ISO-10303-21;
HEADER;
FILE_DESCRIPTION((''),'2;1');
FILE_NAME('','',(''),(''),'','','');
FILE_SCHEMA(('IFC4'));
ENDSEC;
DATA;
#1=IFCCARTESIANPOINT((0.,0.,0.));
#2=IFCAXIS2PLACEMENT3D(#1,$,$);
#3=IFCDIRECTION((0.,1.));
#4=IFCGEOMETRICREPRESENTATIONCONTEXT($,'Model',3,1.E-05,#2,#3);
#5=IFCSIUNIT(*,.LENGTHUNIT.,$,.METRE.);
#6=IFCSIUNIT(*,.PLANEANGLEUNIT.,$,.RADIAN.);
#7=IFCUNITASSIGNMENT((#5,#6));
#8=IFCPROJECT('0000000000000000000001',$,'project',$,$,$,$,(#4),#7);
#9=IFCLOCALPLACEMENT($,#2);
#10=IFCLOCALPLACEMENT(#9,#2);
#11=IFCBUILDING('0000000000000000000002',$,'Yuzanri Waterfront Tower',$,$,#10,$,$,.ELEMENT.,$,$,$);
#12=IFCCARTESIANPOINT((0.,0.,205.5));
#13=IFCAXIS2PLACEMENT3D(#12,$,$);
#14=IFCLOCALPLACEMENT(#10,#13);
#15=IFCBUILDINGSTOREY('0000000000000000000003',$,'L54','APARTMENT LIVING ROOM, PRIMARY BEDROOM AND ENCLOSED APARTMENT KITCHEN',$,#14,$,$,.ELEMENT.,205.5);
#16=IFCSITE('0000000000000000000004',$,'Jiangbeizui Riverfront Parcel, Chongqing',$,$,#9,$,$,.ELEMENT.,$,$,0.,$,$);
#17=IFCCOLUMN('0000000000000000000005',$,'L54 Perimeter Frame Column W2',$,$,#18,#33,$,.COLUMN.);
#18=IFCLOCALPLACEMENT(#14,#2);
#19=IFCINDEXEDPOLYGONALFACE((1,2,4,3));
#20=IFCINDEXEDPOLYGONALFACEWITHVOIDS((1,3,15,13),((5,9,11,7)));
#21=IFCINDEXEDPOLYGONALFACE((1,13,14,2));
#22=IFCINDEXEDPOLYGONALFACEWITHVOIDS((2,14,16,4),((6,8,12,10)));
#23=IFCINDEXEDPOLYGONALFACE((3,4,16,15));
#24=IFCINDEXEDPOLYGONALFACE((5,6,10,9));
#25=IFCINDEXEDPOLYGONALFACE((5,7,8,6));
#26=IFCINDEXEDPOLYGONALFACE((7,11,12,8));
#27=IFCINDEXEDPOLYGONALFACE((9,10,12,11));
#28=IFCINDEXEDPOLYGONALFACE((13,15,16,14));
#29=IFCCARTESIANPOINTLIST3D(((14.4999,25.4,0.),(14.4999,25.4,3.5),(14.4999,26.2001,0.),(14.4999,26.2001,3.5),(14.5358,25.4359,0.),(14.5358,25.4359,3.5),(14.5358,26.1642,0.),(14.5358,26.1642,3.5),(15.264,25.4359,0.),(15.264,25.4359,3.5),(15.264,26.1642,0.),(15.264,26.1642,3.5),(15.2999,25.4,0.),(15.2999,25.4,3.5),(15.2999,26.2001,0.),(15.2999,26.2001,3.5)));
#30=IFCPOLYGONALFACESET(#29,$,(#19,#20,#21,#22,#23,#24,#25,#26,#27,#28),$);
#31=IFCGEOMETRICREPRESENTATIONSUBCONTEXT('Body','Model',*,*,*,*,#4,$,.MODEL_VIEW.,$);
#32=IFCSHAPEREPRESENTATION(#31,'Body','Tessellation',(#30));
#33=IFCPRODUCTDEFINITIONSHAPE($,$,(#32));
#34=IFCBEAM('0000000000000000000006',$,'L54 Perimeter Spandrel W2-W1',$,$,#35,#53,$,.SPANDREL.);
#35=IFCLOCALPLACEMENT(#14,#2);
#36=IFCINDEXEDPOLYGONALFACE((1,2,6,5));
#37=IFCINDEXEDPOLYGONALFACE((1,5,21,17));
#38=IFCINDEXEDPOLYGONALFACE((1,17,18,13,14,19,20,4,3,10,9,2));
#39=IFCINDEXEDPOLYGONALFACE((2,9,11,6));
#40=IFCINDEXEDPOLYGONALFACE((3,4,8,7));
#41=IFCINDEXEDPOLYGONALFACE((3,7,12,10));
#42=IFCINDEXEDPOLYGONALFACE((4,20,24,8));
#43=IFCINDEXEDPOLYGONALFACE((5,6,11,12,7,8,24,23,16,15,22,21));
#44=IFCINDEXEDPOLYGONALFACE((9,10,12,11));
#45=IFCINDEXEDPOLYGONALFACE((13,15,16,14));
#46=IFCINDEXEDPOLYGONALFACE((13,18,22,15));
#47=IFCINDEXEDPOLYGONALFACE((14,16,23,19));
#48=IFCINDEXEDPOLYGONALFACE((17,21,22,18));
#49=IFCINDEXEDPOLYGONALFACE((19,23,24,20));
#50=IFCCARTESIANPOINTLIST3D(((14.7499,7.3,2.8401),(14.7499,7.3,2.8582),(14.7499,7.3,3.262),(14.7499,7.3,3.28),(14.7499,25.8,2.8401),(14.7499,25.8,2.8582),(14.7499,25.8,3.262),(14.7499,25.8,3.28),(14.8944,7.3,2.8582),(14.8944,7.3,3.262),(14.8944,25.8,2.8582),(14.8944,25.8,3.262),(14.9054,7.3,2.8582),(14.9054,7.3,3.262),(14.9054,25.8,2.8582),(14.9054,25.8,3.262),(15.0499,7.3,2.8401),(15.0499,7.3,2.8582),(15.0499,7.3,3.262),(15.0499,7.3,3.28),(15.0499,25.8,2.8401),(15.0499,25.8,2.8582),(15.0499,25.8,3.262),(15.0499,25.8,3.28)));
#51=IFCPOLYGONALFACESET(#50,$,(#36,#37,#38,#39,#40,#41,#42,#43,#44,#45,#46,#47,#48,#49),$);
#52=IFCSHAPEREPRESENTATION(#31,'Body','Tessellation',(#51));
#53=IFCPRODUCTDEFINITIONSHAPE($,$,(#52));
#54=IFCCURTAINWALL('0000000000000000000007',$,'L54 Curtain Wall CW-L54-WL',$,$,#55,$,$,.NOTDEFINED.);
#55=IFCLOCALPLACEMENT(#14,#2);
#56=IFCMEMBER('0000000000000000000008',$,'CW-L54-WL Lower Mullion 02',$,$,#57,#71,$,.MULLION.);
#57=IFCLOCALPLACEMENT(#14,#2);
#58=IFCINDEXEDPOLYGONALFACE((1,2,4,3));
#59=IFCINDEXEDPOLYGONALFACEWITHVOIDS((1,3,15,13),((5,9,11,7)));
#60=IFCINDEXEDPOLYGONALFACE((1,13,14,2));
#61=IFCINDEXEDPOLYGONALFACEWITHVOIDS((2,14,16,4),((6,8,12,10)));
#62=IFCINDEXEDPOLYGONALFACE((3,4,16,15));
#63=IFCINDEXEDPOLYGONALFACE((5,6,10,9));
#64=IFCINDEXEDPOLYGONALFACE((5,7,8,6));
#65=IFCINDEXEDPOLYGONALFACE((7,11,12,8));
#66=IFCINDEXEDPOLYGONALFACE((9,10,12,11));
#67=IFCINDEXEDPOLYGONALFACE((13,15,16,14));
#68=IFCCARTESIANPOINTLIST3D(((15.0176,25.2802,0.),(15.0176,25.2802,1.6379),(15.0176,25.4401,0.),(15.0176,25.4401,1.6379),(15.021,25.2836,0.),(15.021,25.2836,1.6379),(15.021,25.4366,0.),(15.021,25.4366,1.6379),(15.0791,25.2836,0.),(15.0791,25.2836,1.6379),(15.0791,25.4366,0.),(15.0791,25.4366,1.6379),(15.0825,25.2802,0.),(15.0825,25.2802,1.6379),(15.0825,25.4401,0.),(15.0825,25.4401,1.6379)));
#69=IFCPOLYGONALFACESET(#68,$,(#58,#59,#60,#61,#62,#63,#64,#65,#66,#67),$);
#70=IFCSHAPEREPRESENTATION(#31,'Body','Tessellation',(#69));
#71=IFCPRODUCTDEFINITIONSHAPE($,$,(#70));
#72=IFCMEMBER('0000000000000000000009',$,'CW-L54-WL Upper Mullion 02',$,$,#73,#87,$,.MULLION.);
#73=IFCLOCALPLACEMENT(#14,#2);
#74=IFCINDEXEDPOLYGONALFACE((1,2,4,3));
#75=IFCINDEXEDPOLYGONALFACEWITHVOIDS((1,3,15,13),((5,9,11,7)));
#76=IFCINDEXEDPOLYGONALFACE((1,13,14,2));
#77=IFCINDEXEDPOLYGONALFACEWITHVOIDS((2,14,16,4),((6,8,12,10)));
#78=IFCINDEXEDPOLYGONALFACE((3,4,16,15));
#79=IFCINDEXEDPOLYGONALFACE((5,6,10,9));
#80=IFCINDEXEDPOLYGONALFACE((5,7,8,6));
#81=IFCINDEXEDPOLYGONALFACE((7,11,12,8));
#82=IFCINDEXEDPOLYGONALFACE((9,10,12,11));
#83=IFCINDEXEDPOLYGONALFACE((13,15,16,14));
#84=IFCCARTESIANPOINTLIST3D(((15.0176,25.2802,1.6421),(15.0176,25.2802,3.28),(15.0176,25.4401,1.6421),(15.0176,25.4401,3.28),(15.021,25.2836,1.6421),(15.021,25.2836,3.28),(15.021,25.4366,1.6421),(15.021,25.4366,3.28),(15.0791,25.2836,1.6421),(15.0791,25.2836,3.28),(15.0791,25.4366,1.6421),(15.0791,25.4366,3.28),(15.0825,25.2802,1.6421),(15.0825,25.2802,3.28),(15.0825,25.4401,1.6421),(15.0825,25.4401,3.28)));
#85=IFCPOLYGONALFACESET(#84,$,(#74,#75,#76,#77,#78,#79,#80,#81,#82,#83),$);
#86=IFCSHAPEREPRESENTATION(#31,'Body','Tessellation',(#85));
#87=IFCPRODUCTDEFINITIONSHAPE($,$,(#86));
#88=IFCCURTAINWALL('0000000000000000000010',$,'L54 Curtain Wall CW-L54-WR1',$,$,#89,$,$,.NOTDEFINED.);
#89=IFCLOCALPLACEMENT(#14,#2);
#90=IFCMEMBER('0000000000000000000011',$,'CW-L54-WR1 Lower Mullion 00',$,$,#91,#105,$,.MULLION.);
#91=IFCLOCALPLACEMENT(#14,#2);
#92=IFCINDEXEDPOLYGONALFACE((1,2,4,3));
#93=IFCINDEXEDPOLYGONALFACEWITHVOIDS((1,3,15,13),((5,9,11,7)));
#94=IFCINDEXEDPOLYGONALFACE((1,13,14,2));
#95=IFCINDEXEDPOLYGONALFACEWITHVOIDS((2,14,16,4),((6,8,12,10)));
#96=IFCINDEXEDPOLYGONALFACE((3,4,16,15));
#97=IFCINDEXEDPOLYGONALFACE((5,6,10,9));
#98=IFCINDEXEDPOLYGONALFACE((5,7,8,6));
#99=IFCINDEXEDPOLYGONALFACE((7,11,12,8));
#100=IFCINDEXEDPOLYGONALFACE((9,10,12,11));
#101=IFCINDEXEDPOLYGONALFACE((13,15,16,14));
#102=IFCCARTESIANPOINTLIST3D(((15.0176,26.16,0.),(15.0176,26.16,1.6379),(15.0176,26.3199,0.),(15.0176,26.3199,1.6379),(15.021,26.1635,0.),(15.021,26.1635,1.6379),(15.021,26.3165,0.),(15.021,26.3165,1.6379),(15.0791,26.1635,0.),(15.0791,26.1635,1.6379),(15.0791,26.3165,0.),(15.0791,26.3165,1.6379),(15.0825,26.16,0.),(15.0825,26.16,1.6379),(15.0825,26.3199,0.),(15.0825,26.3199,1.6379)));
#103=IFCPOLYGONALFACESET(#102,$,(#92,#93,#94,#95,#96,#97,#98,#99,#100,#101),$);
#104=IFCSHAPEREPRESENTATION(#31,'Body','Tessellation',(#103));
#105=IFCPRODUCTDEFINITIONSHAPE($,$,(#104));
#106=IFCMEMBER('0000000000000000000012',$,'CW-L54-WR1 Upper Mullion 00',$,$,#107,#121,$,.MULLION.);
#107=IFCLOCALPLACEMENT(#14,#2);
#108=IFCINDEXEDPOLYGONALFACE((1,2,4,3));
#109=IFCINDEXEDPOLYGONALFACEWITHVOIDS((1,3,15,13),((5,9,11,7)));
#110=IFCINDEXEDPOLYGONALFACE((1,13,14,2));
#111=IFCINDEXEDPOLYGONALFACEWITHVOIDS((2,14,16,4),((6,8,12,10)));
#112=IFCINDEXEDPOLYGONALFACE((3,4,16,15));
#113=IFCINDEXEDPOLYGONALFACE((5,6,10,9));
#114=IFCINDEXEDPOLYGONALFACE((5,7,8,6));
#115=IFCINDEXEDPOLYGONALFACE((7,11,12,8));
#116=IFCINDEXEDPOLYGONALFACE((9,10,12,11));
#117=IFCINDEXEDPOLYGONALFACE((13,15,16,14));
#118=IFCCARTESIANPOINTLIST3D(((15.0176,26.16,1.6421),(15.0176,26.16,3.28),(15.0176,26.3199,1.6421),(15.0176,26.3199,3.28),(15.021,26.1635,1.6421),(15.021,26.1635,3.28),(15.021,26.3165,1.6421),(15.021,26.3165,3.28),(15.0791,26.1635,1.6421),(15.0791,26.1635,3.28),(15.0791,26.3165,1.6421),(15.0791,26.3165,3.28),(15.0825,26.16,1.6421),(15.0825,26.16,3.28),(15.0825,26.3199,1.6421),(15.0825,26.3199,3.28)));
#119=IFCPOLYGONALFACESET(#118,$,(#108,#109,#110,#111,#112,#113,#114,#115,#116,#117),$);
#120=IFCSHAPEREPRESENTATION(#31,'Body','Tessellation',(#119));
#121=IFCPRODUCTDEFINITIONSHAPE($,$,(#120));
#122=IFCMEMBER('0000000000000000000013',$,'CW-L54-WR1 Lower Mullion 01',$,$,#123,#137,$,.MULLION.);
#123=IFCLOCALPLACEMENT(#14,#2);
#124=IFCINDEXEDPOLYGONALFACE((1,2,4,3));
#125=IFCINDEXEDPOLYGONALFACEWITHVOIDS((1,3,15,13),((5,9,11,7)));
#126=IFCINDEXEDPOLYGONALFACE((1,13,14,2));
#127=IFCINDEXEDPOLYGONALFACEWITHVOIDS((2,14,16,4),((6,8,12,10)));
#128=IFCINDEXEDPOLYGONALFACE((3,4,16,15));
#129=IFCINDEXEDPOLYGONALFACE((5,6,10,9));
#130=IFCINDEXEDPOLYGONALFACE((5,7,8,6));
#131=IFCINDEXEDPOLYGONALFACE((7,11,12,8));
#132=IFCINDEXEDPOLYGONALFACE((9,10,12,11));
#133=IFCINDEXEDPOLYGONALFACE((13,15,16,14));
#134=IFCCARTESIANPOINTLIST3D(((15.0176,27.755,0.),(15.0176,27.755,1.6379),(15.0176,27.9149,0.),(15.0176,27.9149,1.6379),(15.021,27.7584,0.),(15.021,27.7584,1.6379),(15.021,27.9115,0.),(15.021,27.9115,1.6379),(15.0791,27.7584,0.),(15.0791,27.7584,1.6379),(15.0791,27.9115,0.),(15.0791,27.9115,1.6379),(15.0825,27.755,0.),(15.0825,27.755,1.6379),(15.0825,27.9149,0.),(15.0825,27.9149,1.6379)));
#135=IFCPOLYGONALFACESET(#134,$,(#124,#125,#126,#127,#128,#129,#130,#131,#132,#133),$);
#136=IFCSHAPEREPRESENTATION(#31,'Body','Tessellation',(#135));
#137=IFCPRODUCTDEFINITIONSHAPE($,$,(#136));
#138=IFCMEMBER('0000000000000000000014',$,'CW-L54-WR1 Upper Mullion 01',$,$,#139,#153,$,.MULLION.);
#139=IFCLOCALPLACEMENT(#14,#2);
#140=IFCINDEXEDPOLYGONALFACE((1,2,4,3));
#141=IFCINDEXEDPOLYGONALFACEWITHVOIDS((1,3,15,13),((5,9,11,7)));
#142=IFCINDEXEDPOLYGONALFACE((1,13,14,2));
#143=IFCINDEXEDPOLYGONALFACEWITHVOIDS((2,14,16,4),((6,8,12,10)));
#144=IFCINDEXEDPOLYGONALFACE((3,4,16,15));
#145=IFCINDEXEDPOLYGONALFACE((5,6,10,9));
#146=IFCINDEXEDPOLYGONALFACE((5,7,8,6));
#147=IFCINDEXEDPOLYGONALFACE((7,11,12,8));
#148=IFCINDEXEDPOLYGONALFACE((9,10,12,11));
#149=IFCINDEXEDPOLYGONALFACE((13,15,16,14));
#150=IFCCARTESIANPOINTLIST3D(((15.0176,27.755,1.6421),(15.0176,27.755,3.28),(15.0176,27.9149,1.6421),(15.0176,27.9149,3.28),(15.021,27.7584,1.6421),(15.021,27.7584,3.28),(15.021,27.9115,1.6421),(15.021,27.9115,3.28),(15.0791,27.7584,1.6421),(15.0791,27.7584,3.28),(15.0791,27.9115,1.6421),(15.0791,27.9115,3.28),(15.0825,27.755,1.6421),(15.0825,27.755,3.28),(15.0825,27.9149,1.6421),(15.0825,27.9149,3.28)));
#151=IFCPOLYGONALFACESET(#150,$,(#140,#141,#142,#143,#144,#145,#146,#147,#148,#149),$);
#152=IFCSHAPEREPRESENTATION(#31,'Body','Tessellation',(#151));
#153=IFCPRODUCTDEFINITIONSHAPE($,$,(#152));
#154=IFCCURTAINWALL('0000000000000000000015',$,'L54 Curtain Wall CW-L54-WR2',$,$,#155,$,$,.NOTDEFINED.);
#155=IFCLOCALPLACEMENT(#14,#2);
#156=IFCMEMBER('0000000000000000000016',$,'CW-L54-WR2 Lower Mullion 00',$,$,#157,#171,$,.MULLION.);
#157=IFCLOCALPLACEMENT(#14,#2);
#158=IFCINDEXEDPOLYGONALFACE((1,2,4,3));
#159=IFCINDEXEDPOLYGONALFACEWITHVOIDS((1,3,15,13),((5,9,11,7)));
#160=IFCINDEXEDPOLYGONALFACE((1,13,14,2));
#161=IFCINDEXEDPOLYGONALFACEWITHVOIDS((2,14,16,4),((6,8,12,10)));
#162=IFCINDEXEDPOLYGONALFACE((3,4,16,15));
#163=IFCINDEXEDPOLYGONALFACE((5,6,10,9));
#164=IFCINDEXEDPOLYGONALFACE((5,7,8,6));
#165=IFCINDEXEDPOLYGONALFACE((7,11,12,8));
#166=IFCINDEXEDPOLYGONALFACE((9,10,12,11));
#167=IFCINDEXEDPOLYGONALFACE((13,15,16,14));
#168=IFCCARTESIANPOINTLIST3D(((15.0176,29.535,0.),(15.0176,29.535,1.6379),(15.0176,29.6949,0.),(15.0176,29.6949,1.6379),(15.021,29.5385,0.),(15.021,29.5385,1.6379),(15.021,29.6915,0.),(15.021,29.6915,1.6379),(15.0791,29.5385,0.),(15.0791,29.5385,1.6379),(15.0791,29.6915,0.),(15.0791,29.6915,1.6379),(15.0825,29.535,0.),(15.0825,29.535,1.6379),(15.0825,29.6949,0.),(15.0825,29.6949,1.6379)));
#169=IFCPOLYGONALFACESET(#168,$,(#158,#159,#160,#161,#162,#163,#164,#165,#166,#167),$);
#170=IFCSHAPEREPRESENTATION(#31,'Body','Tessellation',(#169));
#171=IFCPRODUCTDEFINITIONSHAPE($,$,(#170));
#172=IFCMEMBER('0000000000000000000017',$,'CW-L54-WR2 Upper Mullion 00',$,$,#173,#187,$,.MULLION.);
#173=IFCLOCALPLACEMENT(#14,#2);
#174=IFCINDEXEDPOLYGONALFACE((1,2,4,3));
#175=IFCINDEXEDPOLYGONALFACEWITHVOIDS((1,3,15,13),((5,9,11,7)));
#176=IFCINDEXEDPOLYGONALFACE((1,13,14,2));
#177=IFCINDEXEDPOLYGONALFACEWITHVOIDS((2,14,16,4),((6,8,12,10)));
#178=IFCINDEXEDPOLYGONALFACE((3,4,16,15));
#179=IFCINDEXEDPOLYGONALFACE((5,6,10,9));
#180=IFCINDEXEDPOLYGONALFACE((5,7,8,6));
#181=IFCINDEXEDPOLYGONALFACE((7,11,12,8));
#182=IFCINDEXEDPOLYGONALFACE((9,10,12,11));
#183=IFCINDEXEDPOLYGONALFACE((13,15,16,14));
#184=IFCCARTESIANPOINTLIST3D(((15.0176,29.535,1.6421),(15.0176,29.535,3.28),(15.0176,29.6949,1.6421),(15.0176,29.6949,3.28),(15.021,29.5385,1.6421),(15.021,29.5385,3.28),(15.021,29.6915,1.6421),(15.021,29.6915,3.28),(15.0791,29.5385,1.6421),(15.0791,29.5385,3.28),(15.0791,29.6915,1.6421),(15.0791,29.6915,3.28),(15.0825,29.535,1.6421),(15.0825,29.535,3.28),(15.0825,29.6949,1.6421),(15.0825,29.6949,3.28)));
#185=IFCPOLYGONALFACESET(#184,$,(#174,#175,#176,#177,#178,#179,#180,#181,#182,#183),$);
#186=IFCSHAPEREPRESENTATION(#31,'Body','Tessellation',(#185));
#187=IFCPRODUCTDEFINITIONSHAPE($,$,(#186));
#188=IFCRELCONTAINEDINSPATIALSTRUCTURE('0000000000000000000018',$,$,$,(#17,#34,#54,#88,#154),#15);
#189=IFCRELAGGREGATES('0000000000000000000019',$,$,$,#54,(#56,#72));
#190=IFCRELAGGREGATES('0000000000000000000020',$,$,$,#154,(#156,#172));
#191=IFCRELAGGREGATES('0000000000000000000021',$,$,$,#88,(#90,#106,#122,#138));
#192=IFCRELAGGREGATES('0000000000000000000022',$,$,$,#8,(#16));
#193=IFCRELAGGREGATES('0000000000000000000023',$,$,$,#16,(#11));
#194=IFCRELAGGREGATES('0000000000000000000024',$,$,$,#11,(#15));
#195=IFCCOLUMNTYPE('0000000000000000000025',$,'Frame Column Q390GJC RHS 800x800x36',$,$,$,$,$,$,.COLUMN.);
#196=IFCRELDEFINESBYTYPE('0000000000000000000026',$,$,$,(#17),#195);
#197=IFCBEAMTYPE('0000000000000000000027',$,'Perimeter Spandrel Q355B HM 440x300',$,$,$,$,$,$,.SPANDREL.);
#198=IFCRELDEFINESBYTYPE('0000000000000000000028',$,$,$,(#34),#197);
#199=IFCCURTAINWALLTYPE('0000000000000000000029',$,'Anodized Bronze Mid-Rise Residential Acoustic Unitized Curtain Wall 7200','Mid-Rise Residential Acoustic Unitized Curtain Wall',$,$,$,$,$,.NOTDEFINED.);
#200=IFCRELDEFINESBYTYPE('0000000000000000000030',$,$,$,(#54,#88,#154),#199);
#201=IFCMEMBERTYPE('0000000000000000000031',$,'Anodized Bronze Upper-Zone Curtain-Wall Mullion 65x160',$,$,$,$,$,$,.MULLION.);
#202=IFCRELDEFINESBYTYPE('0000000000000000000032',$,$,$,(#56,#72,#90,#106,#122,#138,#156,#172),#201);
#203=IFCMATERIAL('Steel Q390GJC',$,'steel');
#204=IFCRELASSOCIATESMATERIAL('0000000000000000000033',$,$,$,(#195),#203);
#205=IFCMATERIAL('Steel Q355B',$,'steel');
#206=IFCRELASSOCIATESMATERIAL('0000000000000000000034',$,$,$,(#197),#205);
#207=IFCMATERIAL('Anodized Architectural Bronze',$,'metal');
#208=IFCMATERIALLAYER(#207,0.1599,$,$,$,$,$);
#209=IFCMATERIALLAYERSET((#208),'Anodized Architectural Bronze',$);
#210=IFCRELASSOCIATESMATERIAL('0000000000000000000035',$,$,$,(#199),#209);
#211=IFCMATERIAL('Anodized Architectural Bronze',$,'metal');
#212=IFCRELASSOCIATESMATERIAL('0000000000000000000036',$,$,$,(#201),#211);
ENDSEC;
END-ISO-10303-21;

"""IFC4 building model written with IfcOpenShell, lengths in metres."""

from ifc_helpers import new_model, si_unit, direction, frame, origin, origin_2d, place, context, subcontext, project, spatial, hollow_rectangle, i_section, extrude, source, transform, mapped, material, layer, layer_set, material_profile, profile_set, type_object, element, aggregate, save


model = new_model("IFC4")

# Units and contexts
model_context = context("Model", 3, precision=1e-05, world=origin(), true_north=direction((0.0, 1.0)))
body_context = subcontext(model_context, "Body", "Model", "MODEL_VIEW")
ifc_project = project(units=[si_unit("LENGTHUNIT", "METRE"), si_unit("PLANEANGLEUNIT", "RADIAN")], contexts=[model_context])

# Site, building, storey
site_placement = place(None, origin())
site = spatial("IfcSite", under=ifc_project, at=site_placement, Name="Jiangbeizui Riverfront Parcel, Chongqing", CompositionType="ELEMENT", RefElevation=0.0)
building_placement = place(site_placement, origin())
building = spatial("IfcBuilding", under=site, at=building_placement, Name="Yuzanri Waterfront Tower", CompositionType="ELEMENT")
storey_placement = place(building_placement, frame((0.0, 0.0, 205.5)))
storey = spatial("IfcBuildingStorey", under=building, at=storey_placement, Name="L54", Description="APARTMENT LIVING ROOM, PRIMARY BEDROOM AND ENCLOSED APARTMENT KITCHEN", CompositionType="ELEMENT", Elevation=205.5)

# Column
ifc_material_1 = material(Name="Steel Q390GJC", Category="steel")
ifc_material_profile_1 = material_profile(ifc_material_1, hollow_rectangle(XDim=0.8, YDim=0.8, WallThickness=0.0359, at=origin_2d()), Name="RHS 800x800x36")
ifc_profile_set_1 = profile_set([ifc_material_profile_1], Name="Steel Q390GJC")
column_type = type_object("IfcColumnType", Name="Frame Column Q390GJC RHS 800x800x36", PredefinedType="COLUMN", material=ifc_profile_set_1)
shared_shape_1 = source(origin(), body_context, "Body", "SweptSolid", [
    extrude(hollow_rectangle(XDim=0.8, YDim=0.8, WallThickness=0.0359, at=origin_2d()), origin(), (0.0, 0.0, 1.0), 3.5),
])
column_placement = place(storey_placement, frame((14.8999, 25.8, 0.0), z_axis=(0.0, 0.0, 1.0), x_axis=(1.0, 0.0, 0.0)))
element("IfcColumn", 1, at=column_placement, inside=storey, type_object=column_type, Name="L54 Perimeter Frame Column W2", PredefinedType="COLUMN", context=body_context, shape_type="MappedRepresentation", body=[
    mapped(shared_shape_1, transform((0.0, 0.0, 0.0), scale=1.0)),
])

# Beam
ifc_material_2 = material(Name="Steel Q355B", Category="steel")
ifc_material_profile_2 = material_profile(ifc_material_2, i_section(OverallWidth=0.3, OverallDepth=0.4399, WebThickness=0.011, FlangeThickness=0.0181, at=origin_2d()), Name="HM 440x300x11x18")
ifc_profile_set_2 = profile_set([ifc_material_profile_2], Name="Steel Q355B")
beam_type = type_object("IfcBeamType", Name="Perimeter Spandrel Q355B HM 440x300", PredefinedType="SPANDREL", material=ifc_profile_set_2)
shared_shape_2 = source(origin(), body_context, "Body", "SweptSolid", [
    extrude(i_section(OverallWidth=0.3, OverallDepth=0.4399, WebThickness=0.011, FlangeThickness=0.0181, at=origin_2d()), origin(), (0.0, 0.0, 1.0), 18.5),
])
beam_placement = place(storey_placement, frame((14.8999, 25.8, 3.0601), z_axis=(0.0, -1.0, 0.0), x_axis=(1.0, 0.0, 0.0)))
element("IfcBeam", 2, at=beam_placement, inside=storey, type_object=beam_type, Name="L54 Perimeter Spandrel W2-W1", PredefinedType="SPANDREL", context=body_context, shape_type="MappedRepresentation", body=[
    mapped(shared_shape_2, transform((0.0, 0.0, 0.0), scale=1.0)),
])

# Curtain walls, members
ifc_material_3 = material(Name="Anodized Architectural Bronze", Category="metal")
ifc_layer_1 = layer(ifc_material_3, 0.1599)
ifc_layer_set_1 = layer_set([ifc_layer_1], Name="Anodized Architectural Bronze")
curtain_wall_type = type_object("IfcCurtainWallType", Name="Anodized Bronze Mid-Rise Residential Acoustic Unitized Curtain Wall 7200", Description="Mid-Rise Residential Acoustic Unitized Curtain Wall", PredefinedType="NOTDEFINED", material=ifc_layer_set_1)
curtain_wall_1_placement = place(storey_placement, origin())
curtain_wall_1 = element("IfcCurtainWall", 3, at=curtain_wall_1_placement, inside=storey, type_object=curtain_wall_type, Name="L54 Curtain Wall CW-L54-WL", PredefinedType="NOTDEFINED")
ifc_material_4 = material(Name="Anodized Architectural Bronze", Category="metal")
ifc_material_profile_3 = material_profile(ifc_material_4, hollow_rectangle(XDim=0.0649, YDim=0.1599, WallThickness=0.0034, at=origin_2d()), Name="CWM 65x160")
ifc_profile_set_3 = profile_set([ifc_material_profile_3], Name="Anodized Architectural Bronze")
member_type_1 = type_object("IfcMemberType", Name="Anodized Bronze Upper-Zone Curtain-Wall Mullion 65x160", PredefinedType="MULLION", material=ifc_profile_set_3)
shared_shape_3 = source(origin(), body_context, "Body", "SweptSolid", [
    extrude(hollow_rectangle(XDim=0.0649, YDim=0.1599, WallThickness=0.0034, at=origin_2d()), origin(), (0.0, 0.0, 1.0), 1.6379),
])
member_1_placement = place(storey_placement, frame((15.05, 25.3601, 0.0), z_axis=(0.0, 0.0, 1.0), x_axis=(1.0, 0.0, 0.0)))
member_1 = element("IfcMember", 4, at=member_1_placement, type_object=member_type_1, Name="CW-L54-WL Lower Mullion 02", PredefinedType="MULLION", context=body_context, shape_type="MappedRepresentation", body=[
    mapped(shared_shape_3, transform((0.0, 0.0, 0.0), scale=1.0)),
])
member_2_placement = place(storey_placement, frame((15.05, 25.3601, 1.6421), z_axis=(0.0, 0.0, 1.0), x_axis=(1.0, 0.0, 0.0)))
member_2 = element("IfcMember", 5, at=member_2_placement, type_object=member_type_1, Name="CW-L54-WL Upper Mullion 02", PredefinedType="MULLION", context=body_context, shape_type="MappedRepresentation", body=[
    mapped(shared_shape_3, transform((0.0, 0.0, 0.0), scale=1.0)),
])
aggregate(curtain_wall_1, [member_1, member_2])
curtain_wall_2_placement = place(storey_placement, origin())
curtain_wall_2 = element("IfcCurtainWall", 6, at=curtain_wall_2_placement, inside=storey, type_object=curtain_wall_type, Name="L54 Curtain Wall CW-L54-WR1", PredefinedType="NOTDEFINED")
member_3_placement = place(storey_placement, frame((15.05, 26.24, 0.0), z_axis=(0.0, 0.0, 1.0), x_axis=(1.0, 0.0, 0.0)))
member_3 = element("IfcMember", 7, at=member_3_placement, type_object=member_type_1, Name="CW-L54-WR1 Lower Mullion 00", PredefinedType="MULLION", context=body_context, shape_type="MappedRepresentation", body=[
    mapped(shared_shape_3, transform((0.0, 0.0, 0.0), scale=1.0)),
])
member_4_placement = place(storey_placement, frame((15.05, 26.24, 1.6421), z_axis=(0.0, 0.0, 1.0), x_axis=(1.0, 0.0, 0.0)))
member_4 = element("IfcMember", 8, at=member_4_placement, type_object=member_type_1, Name="CW-L54-WR1 Upper Mullion 00", PredefinedType="MULLION", context=body_context, shape_type="MappedRepresentation", body=[
    mapped(shared_shape_3, transform((0.0, 0.0, 0.0), scale=1.0)),
])
member_5_placement = place(storey_placement, frame((15.05, 27.835, 0.0), z_axis=(0.0, 0.0, 1.0), x_axis=(1.0, 0.0, 0.0)))
member_5 = element("IfcMember", 9, at=member_5_placement, type_object=member_type_1, Name="CW-L54-WR1 Lower Mullion 01", PredefinedType="MULLION", context=body_context, shape_type="MappedRepresentation", body=[
    mapped(shared_shape_3, transform((0.0, 0.0, 0.0), scale=1.0)),
])
member_6_placement = place(storey_placement, frame((15.05, 27.835, 1.6421), z_axis=(0.0, 0.0, 1.0), x_axis=(1.0, 0.0, 0.0)))
member_6 = element("IfcMember", 10, at=member_6_placement, type_object=member_type_1, Name="CW-L54-WR1 Upper Mullion 01", PredefinedType="MULLION", context=body_context, shape_type="MappedRepresentation", body=[
    mapped(shared_shape_3, transform((0.0, 0.0, 0.0), scale=1.0)),
])
curtain_wall_3_placement = place(storey_placement, origin())
curtain_wall_3 = element("IfcCurtainWall", 11, at=curtain_wall_3_placement, inside=storey, type_object=curtain_wall_type, Name="L54 Curtain Wall CW-L54-WR2", PredefinedType="NOTDEFINED")
member_7_placement = place(storey_placement, frame((15.05, 29.615, 0.0), z_axis=(0.0, 0.0, 1.0), x_axis=(1.0, 0.0, 0.0)))
member_7 = element("IfcMember", 12, at=member_7_placement, type_object=member_type_1, Name="CW-L54-WR2 Lower Mullion 00", PredefinedType="MULLION", context=body_context, shape_type="MappedRepresentation", body=[
    mapped(shared_shape_3, transform((0.0, 0.0, 0.0), scale=1.0)),
])
member_8_placement = place(storey_placement, frame((15.05, 29.615, 1.6421), z_axis=(0.0, 0.0, 1.0), x_axis=(1.0, 0.0, 0.0)))
member_8 = element("IfcMember", 13, at=member_8_placement, type_object=member_type_1, Name="CW-L54-WR2 Upper Mullion 00", PredefinedType="MULLION", context=body_context, shape_type="MappedRepresentation", body=[
    mapped(shared_shape_3, transform((0.0, 0.0, 0.0), scale=1.0)),
])

aggregate(curtain_wall_3, [member_7, member_8])

aggregate(curtain_wall_2, [member_3, member_4, member_5, member_6])

save(model, "model.ifc")
